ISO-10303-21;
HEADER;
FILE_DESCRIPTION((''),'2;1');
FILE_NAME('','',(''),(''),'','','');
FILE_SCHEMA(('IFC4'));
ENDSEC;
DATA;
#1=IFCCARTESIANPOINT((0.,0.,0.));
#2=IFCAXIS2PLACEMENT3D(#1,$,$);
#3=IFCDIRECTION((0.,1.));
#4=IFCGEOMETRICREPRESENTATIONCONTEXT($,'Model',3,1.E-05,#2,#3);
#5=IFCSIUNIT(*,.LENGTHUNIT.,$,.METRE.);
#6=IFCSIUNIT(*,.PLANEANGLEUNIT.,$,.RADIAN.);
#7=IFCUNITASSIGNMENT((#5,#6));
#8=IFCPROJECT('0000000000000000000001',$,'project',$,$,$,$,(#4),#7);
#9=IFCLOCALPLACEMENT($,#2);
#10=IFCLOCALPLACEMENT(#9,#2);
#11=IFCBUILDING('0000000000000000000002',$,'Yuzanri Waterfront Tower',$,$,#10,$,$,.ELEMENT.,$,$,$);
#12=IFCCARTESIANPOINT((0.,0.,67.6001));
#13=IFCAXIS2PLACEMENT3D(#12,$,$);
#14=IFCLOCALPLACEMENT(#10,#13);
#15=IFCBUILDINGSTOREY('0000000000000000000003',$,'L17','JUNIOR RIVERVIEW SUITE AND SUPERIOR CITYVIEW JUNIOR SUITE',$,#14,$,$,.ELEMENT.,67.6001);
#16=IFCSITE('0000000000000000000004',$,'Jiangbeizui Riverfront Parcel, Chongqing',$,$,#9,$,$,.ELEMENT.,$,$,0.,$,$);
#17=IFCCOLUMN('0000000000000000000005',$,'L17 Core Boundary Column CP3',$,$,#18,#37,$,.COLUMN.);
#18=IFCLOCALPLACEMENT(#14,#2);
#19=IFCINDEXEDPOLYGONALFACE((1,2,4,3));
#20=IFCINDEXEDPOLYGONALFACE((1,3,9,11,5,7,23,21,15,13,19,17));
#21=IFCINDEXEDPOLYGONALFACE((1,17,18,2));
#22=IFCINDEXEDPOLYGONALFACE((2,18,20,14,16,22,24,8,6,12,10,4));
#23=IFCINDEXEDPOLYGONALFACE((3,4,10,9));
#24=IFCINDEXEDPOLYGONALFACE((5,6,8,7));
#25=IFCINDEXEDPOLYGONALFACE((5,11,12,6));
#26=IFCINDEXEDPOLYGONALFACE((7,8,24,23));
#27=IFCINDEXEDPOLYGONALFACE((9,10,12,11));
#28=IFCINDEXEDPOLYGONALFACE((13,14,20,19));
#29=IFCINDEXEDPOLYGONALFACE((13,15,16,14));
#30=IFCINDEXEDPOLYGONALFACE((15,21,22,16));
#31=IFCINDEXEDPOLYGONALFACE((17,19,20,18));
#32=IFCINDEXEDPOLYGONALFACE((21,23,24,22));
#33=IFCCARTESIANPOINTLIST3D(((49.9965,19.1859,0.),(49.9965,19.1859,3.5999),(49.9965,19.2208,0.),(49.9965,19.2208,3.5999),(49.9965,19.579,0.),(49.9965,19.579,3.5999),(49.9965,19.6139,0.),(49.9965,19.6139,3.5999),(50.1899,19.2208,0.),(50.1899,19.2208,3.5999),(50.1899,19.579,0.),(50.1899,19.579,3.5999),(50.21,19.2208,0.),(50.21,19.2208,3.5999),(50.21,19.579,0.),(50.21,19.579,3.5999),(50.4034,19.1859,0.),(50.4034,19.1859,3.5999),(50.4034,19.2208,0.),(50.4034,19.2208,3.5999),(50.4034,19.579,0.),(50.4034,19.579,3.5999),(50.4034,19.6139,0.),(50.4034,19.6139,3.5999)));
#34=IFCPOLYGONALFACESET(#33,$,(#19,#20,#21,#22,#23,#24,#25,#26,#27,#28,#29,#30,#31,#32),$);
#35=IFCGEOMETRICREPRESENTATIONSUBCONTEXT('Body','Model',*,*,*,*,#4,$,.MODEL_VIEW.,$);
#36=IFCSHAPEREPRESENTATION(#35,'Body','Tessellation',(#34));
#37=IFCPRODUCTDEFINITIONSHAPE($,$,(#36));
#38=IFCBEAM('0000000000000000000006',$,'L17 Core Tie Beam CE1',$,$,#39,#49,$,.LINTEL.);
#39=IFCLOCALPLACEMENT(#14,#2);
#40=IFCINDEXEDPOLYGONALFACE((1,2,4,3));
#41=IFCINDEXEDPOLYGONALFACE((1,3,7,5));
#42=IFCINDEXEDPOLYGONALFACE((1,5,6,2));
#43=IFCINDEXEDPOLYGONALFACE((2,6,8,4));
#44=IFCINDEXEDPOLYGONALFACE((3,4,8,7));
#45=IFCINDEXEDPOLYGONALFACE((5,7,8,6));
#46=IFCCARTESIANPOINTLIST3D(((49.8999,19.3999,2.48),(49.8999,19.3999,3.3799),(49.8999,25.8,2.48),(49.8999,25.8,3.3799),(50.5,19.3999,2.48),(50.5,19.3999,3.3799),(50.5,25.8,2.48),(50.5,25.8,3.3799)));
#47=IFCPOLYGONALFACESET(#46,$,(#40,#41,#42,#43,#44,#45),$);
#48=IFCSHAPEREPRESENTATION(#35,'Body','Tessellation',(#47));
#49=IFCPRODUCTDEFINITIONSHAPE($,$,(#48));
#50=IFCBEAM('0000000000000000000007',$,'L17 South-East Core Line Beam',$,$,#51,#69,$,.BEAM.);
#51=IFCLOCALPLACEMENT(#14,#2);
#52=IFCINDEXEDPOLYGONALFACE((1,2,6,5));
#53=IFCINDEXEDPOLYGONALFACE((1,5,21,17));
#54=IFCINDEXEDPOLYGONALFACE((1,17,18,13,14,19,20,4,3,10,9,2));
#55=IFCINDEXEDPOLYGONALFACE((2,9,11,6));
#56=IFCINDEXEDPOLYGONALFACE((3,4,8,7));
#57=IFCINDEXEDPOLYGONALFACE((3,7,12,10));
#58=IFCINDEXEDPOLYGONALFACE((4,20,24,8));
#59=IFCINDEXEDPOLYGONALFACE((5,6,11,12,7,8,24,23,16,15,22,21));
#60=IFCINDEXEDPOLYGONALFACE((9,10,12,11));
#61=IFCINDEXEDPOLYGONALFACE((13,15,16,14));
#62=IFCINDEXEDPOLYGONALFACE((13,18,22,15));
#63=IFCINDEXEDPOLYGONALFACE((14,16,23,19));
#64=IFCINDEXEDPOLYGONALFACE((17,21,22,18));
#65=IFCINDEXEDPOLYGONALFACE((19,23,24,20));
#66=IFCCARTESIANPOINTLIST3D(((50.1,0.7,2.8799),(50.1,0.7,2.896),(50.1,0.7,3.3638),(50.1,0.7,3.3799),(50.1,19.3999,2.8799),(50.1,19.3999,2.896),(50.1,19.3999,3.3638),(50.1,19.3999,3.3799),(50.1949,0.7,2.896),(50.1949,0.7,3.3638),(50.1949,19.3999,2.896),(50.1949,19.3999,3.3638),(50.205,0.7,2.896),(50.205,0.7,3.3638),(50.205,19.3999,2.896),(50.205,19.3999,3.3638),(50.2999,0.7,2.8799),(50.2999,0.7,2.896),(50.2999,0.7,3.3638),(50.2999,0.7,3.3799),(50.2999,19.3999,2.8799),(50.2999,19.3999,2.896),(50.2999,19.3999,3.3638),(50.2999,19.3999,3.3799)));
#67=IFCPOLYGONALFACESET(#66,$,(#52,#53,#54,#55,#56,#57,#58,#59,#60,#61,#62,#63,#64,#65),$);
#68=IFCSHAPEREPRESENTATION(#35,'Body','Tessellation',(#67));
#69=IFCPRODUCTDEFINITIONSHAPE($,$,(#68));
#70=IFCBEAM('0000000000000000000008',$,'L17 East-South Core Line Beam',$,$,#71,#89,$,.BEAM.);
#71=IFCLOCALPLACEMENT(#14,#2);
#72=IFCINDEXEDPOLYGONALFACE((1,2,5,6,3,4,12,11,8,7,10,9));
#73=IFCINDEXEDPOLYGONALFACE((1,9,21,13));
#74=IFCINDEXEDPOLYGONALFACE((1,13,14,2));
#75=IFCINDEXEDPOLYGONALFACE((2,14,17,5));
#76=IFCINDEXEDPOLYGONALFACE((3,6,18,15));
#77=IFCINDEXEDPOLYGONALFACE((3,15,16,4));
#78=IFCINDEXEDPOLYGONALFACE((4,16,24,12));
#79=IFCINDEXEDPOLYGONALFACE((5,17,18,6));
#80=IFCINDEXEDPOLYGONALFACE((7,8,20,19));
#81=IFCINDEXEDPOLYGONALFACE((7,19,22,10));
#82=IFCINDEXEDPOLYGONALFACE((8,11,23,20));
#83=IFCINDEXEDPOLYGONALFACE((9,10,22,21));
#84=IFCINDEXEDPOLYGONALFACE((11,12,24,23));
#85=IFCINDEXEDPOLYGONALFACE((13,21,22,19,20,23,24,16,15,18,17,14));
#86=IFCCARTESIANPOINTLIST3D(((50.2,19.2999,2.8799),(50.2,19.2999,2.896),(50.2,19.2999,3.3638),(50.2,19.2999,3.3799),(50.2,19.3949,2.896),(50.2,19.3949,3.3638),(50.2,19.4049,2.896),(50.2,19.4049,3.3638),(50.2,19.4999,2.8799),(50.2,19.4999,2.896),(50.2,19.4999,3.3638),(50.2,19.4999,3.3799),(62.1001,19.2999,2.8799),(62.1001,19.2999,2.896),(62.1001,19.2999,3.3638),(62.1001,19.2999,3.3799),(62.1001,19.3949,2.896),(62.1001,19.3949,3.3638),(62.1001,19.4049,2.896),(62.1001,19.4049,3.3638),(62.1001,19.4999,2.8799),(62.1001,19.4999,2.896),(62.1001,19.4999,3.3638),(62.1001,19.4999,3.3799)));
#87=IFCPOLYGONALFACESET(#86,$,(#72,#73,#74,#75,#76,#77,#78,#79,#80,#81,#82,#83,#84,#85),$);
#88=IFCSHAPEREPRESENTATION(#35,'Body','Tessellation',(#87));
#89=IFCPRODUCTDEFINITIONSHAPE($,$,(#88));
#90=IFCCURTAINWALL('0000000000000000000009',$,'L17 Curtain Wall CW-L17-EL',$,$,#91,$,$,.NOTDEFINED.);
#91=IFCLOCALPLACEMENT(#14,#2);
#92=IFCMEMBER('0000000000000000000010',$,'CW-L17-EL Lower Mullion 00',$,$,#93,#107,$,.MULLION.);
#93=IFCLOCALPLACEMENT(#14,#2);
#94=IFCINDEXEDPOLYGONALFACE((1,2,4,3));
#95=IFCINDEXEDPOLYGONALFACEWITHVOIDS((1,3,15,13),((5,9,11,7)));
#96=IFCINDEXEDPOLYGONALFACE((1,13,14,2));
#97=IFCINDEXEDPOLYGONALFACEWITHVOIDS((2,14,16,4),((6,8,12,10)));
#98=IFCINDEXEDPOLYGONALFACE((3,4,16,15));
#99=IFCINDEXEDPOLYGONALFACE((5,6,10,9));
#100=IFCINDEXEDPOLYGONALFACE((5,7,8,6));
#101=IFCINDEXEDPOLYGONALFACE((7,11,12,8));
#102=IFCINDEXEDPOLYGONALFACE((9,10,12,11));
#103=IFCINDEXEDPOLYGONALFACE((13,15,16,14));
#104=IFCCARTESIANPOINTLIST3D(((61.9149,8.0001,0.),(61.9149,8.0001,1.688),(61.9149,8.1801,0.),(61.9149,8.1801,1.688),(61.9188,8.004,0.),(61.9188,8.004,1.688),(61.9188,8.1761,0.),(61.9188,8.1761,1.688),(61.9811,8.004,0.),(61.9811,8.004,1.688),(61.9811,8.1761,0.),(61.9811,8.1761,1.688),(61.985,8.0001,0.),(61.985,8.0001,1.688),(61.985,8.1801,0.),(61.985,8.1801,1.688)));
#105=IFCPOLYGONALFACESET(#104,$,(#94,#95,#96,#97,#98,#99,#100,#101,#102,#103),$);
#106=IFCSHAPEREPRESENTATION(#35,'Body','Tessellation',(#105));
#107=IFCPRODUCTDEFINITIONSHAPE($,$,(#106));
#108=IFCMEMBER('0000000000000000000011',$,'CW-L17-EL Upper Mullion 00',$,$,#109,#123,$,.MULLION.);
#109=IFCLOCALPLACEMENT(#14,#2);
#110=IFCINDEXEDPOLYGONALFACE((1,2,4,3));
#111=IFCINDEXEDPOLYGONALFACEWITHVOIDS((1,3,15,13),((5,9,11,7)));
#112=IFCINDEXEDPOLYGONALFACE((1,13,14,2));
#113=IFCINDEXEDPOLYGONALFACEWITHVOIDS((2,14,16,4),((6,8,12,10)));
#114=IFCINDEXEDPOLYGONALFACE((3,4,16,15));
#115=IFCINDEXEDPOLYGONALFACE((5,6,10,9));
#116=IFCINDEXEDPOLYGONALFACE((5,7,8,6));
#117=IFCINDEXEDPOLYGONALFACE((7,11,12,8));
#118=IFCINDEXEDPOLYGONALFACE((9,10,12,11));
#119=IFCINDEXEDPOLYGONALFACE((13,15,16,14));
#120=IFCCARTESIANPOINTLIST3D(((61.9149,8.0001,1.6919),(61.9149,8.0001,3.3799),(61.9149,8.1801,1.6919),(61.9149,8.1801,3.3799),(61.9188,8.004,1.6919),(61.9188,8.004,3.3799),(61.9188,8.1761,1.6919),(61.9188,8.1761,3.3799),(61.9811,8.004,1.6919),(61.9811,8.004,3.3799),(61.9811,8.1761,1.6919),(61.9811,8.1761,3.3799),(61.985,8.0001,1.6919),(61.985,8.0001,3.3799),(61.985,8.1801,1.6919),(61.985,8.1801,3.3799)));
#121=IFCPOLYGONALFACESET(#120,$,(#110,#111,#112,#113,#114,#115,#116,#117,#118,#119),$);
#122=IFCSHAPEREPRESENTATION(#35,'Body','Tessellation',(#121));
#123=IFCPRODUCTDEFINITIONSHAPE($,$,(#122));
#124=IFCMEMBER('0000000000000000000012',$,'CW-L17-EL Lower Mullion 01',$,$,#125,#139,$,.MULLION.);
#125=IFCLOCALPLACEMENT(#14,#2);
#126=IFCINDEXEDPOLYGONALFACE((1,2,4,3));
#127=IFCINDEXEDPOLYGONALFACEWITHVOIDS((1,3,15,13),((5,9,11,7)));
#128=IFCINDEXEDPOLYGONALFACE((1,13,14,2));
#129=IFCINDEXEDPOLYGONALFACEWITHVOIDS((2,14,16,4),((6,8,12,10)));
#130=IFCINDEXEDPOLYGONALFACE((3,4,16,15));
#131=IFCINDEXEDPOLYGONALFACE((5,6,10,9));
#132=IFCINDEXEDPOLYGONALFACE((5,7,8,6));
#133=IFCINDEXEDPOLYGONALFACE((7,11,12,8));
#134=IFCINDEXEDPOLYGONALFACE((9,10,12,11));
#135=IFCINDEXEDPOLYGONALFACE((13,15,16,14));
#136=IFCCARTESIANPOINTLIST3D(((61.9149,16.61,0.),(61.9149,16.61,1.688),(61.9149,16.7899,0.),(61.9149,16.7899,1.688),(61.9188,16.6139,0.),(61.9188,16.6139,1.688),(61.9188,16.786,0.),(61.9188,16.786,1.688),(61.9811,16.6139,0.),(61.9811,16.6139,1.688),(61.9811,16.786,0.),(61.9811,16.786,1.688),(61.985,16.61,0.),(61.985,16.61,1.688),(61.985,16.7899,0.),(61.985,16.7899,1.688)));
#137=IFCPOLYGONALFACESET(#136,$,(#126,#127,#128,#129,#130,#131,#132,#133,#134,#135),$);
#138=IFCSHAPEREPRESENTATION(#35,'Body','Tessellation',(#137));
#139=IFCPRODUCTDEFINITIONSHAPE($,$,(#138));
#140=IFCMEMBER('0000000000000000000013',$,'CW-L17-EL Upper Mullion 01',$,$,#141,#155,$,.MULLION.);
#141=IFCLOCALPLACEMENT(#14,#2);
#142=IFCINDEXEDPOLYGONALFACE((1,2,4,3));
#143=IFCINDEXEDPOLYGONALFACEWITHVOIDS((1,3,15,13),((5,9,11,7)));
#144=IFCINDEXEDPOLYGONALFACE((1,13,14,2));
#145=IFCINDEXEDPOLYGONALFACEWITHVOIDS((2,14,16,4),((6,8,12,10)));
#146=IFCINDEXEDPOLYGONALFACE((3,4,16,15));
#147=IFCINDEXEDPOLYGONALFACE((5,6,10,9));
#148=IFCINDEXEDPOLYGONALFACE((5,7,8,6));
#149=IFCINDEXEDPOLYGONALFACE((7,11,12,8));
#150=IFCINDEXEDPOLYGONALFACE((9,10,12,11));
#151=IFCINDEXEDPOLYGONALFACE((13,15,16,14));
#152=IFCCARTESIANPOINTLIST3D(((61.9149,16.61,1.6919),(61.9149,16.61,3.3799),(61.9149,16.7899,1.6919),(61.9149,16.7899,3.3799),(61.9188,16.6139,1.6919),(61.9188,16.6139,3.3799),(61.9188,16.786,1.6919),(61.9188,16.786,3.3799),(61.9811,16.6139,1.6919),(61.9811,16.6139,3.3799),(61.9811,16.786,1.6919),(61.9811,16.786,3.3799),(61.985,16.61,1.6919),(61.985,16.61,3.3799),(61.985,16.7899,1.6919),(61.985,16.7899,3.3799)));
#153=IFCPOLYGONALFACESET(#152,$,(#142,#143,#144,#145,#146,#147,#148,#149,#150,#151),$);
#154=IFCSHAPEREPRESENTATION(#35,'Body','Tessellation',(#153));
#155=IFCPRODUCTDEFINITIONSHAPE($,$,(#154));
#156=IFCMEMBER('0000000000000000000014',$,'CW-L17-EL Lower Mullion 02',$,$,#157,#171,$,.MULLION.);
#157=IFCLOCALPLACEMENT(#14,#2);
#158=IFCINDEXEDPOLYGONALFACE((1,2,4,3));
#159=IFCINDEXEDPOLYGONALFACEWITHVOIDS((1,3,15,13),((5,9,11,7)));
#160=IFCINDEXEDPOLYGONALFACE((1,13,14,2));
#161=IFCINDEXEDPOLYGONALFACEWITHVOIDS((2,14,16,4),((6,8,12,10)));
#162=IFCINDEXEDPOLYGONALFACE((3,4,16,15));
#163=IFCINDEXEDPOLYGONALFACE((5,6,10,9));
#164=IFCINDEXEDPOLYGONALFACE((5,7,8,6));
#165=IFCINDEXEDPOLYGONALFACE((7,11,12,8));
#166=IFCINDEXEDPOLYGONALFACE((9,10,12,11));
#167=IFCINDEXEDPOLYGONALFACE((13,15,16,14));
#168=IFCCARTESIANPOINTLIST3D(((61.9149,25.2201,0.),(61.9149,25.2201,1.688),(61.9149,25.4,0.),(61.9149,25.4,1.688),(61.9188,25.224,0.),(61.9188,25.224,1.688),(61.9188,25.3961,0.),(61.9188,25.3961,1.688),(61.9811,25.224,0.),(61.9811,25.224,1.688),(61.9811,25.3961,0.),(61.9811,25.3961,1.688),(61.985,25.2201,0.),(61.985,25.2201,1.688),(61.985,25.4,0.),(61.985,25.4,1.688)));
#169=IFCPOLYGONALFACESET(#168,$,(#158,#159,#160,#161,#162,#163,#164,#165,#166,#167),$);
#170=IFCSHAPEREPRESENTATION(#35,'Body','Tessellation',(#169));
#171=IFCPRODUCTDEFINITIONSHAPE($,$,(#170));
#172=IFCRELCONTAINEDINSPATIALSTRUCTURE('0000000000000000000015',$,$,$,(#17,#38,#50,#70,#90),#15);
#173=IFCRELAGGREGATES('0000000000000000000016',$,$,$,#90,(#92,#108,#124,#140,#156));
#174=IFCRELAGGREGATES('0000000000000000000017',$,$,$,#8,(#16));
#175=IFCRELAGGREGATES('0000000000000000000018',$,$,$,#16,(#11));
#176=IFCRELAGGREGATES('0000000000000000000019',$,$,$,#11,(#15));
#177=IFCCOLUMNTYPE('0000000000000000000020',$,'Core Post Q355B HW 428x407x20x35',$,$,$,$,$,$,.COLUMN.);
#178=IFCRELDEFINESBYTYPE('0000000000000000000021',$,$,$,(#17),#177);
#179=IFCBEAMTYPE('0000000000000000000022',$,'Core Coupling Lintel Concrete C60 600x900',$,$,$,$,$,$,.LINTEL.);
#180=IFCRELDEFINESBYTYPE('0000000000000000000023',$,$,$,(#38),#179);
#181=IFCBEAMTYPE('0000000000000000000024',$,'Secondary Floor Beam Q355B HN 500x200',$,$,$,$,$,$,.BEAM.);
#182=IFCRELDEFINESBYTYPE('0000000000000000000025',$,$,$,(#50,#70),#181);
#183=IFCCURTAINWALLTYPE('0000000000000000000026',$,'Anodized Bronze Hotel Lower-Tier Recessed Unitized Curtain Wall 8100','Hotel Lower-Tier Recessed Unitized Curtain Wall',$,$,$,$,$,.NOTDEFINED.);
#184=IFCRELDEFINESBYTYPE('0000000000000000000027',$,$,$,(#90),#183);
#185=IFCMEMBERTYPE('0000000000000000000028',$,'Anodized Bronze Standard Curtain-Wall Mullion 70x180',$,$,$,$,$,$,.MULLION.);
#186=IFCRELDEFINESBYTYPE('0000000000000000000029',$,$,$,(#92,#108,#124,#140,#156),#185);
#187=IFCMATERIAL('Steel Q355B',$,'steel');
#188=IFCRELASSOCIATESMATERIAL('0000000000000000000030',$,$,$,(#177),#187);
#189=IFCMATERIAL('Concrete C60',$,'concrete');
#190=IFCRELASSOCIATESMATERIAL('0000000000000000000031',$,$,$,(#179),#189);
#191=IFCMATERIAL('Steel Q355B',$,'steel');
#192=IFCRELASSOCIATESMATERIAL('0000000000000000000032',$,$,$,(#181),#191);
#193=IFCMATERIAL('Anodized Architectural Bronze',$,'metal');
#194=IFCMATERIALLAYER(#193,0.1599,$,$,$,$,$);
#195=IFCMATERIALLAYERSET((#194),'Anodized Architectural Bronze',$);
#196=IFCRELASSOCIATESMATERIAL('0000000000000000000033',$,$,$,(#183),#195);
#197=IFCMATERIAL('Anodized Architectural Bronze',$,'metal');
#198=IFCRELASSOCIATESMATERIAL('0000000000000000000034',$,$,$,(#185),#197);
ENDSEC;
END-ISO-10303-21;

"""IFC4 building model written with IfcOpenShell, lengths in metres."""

from ifc_helpers import new_model, si_unit, direction, frame, origin, origin_2d, place, context, subcontext, project, spatial, rectangle, hollow_rectangle, i_section, extrude, source, transform, mapped, material, layer, layer_set, material_profile, profile_set, type_object, element, aggregate, save


model = new_model("IFC4")

# Units and contexts
model_context = context("Model", 3, precision=1e-05, world=origin(), true_north=direction((0.0, 1.0)))
body_context = subcontext(model_context, "Body", "Model", "MODEL_VIEW")
ifc_project = project(units=[si_unit("LENGTHUNIT", "METRE"), si_unit("PLANEANGLEUNIT", "RADIAN")], contexts=[model_context])

# Site, building, storey
site_placement = place(None, origin())
site = spatial("IfcSite", under=ifc_project, at=site_placement, Name="Jiangbeizui Riverfront Parcel, Chongqing", CompositionType="ELEMENT", RefElevation=0.0)
building_placement = place(site_placement, origin())
building = spatial("IfcBuilding", under=site, at=building_placement, Name="Yuzanri Waterfront Tower", CompositionType="ELEMENT")
storey_placement = place(building_placement, frame((0.0, 0.0, 67.6001)))
storey = spatial("IfcBuildingStorey", under=building, at=storey_placement, Name="L17", Description="JUNIOR RIVERVIEW SUITE AND SUPERIOR CITYVIEW JUNIOR SUITE", CompositionType="ELEMENT", Elevation=67.6001)

# Column
ifc_material_1 = material(Name="Steel Q355B", Category="steel")
ifc_material_profile_1 = material_profile(ifc_material_1, i_section(OverallWidth=0.407, OverallDepth=0.428, WebThickness=0.02, FlangeThickness=0.0349, at=origin_2d()), Name="HW 428x407x20x35")
ifc_profile_set_1 = profile_set([ifc_material_profile_1], Name="Steel Q355B")
column_type = type_object("IfcColumnType", Name="Core Post Q355B HW 428x407x20x35", PredefinedType="COLUMN", material=ifc_profile_set_1)
shared_shape_1 = source(origin(), body_context, "Body", "SweptSolid", [
    extrude(i_section(OverallWidth=0.407, OverallDepth=0.428, WebThickness=0.02, FlangeThickness=0.0349, at=origin_2d()), origin(), (0.0, 0.0, 1.0), 3.5999),
])
column_placement = place(storey_placement, frame((50.2, 19.3999, 0.0), z_axis=(0.0, 0.0, 1.0), x_axis=(1.0, 0.0, 0.0)))
element("IfcColumn", 1, at=column_placement, inside=storey, type_object=column_type, Name="L17 Core Boundary Column CP3", PredefinedType="COLUMN", context=body_context, shape_type="MappedRepresentation", body=[
    mapped(shared_shape_1, transform((0.0, 0.0, 0.0), scale=1.0)),
])

# Beams
ifc_material_2 = material(Name="Concrete C60", Category="concrete")
ifc_material_profile_2 = material_profile(ifc_material_2, rectangle(XDim=0.6001, YDim=0.8999, at=origin_2d()), Name="RC 600x900")
ifc_profile_set_2 = profile_set([ifc_material_profile_2], Name="Concrete C60")
beam_type_1 = type_object("IfcBeamType", Name="Core Coupling Lintel Concrete C60 600x900", PredefinedType="LINTEL", material=ifc_profile_set_2)
shared_shape_2 = source(origin(), body_context, "Body", "SweptSolid", [
    extrude(rectangle(XDim=0.6001, YDim=0.8999, at=origin_2d()), origin(), (0.0, 0.0, 1.0), 6.4001),
])
beam_1_placement = place(storey_placement, frame((50.2, 19.3999, 2.9299), z_axis=(0.0, 1.0, 0.0), x_axis=(-1.0, 0.0, 0.0)))
element("IfcBeam", 2, at=beam_1_placement, inside=storey, type_object=beam_type_1, Name="L17 Core Tie Beam CE1", PredefinedType="LINTEL", context=body_context, shape_type="MappedRepresentation", body=[
    mapped(shared_shape_2, transform((0.0, 0.0, 0.0), scale=1.0)),
])
ifc_material_3 = material(Name="Steel Q355B", Category="steel")
ifc_material_profile_3 = material_profile(ifc_material_3, i_section(OverallWidth=0.2, OverallDepth=0.5, WebThickness=0.01, FlangeThickness=0.0161, at=origin_2d()), Name="HN 500x200x10x16")
ifc_profile_set_3 = profile_set([ifc_material_profile_3], Name="Steel Q355B")
beam_type_2 = type_object("IfcBeamType", Name="Secondary Floor Beam Q355B HN 500x200", PredefinedType="BEAM", material=ifc_profile_set_3)
shared_shape_3 = source(origin(), body_context, "Body", "SweptSolid", [
    extrude(i_section(OverallWidth=0.2, OverallDepth=0.5, WebThickness=0.01, FlangeThickness=0.0161, at=origin_2d()), origin(), (0.0, 0.0, 1.0), 18.7),
])
beam_2_placement = place(storey_placement, frame((50.2, 19.3999, 3.1299), z_axis=(0.0, -1.0, 0.0), x_axis=(1.0, 0.0, 0.0)))
element("IfcBeam", 3, at=beam_2_placement, inside=storey, type_object=beam_type_2, Name="L17 South-East Core Line Beam", PredefinedType="BEAM", context=body_context, shape_type="MappedRepresentation", body=[
    mapped(shared_shape_3, transform((0.0, 0.0, 0.0), scale=1.0)),
])
shared_shape_4 = source(origin(), body_context, "Body", "SweptSolid", [
    extrude(i_section(OverallWidth=0.2, OverallDepth=0.5, WebThickness=0.01, FlangeThickness=0.0161, at=origin_2d()), origin(), (0.0, 0.0, 1.0), 11.9001),
])
beam_3_placement = place(storey_placement, frame((50.2, 19.3999, 3.1299), z_axis=(1.0, 0.0, 0.0), x_axis=(0.0, 1.0, 0.0)))
element("IfcBeam", 4, at=beam_3_placement, inside=storey, type_object=beam_type_2, Name="L17 East-South Core Line Beam", PredefinedType="BEAM", context=body_context, shape_type="MappedRepresentation", body=[
    mapped(shared_shape_4, transform((0.0, 0.0, 0.0), scale=1.0)),
])

# Curtain wall, members
ifc_material_4 = material(Name="Anodized Architectural Bronze", Category="metal")
ifc_layer_1 = layer(ifc_material_4, 0.1599)
ifc_layer_set_1 = layer_set([ifc_layer_1], Name="Anodized Architectural Bronze")
curtain_wall_type = type_object("IfcCurtainWallType", Name="Anodized Bronze Hotel Lower-Tier Recessed Unitized Curtain Wall 8100", Description="Hotel Lower-Tier Recessed Unitized Curtain Wall", PredefinedType="NOTDEFINED", material=ifc_layer_set_1)
curtain_wall_placement = place(storey_placement, origin())
curtain_wall = element("IfcCurtainWall", 5, at=curtain_wall_placement, inside=storey, type_object=curtain_wall_type, Name="L17 Curtain Wall CW-L17-EL", PredefinedType="NOTDEFINED")
ifc_material_5 = material(Name="Anodized Architectural Bronze", Category="metal")
ifc_material_profile_4 = material_profile(ifc_material_5, hollow_rectangle(XDim=0.0701, YDim=0.1799, WallThickness=0.0039, at=origin_2d()), Name="CWM 70x180")
ifc_profile_set_4 = profile_set([ifc_material_profile_4], Name="Anodized Architectural Bronze")
member_type = type_object("IfcMemberType", Name="Anodized Bronze Standard Curtain-Wall Mullion 70x180", PredefinedType="MULLION", material=ifc_profile_set_4)
shared_shape_5 = source(origin(), body_context, "Body", "SweptSolid", [
    extrude(hollow_rectangle(XDim=0.0701, YDim=0.1799, WallThickness=0.0039, at=origin_2d()), origin(), (0.0, 0.0, 1.0), 1.688),
])
member_1_placement = place(storey_placement, frame((61.95, 8.0901, 0.0), z_axis=(0.0, 0.0, 1.0), x_axis=(1.0, 0.0, 0.0)))
member_1 = element("IfcMember", 6, at=member_1_placement, type_object=member_type, Name="CW-L17-EL Lower Mullion 00", PredefinedType="MULLION", context=body_context, shape_type="MappedRepresentation", body=[
    mapped(shared_shape_5, transform((0.0, 0.0, 0.0), scale=1.0)),
])
member_2_placement = place(storey_placement, frame((61.95, 8.0901, 1.6919), z_axis=(0.0, 0.0, 1.0), x_axis=(1.0, 0.0, 0.0)))
member_2 = element("IfcMember", 7, at=member_2_placement, type_object=member_type, Name="CW-L17-EL Upper Mullion 00", PredefinedType="MULLION", context=body_context, shape_type="MappedRepresentation", body=[
    mapped(shared_shape_5, transform((0.0, 0.0, 0.0), scale=1.0)),
])
member_3_placement = place(storey_placement, frame((61.95, 16.7, 0.0), z_axis=(0.0, 0.0, 1.0), x_axis=(1.0, 0.0, 0.0)))
member_3 = element("IfcMember", 8, at=member_3_placement, type_object=member_type, Name="CW-L17-EL Lower Mullion 01", PredefinedType="MULLION", context=body_context, shape_type="MappedRepresentation", body=[
    mapped(shared_shape_5, transform((0.0, 0.0, 0.0), scale=1.0)),
])
member_4_placement = place(storey_placement, frame((61.95, 16.7, 1.6919), z_axis=(0.0, 0.0, 1.0), x_axis=(1.0, 0.0, 0.0)))
member_4 = element("IfcMember", 9, at=member_4_placement, type_object=member_type, Name="CW-L17-EL Upper Mullion 01", PredefinedType="MULLION", context=body_context, shape_type="MappedRepresentation", body=[
    mapped(shared_shape_5, transform((0.0, 0.0, 0.0), scale=1.0)),
])
member_5_placement = place(storey_placement, frame((61.95, 25.3101, 0.0), z_axis=(0.0, 0.0, 1.0), x_axis=(1.0, 0.0, 0.0)))
member_5 = element("IfcMember", 10, at=member_5_placement, type_object=member_type, Name="CW-L17-EL Lower Mullion 02", PredefinedType="MULLION", context=body_context, shape_type="MappedRepresentation", body=[
    mapped(shared_shape_5, transform((0.0, 0.0, 0.0), scale=1.0)),
])
aggregate(curtain_wall, [member_1, member_2, member_3, member_4, member_5])

save(model, "model.ifc")
